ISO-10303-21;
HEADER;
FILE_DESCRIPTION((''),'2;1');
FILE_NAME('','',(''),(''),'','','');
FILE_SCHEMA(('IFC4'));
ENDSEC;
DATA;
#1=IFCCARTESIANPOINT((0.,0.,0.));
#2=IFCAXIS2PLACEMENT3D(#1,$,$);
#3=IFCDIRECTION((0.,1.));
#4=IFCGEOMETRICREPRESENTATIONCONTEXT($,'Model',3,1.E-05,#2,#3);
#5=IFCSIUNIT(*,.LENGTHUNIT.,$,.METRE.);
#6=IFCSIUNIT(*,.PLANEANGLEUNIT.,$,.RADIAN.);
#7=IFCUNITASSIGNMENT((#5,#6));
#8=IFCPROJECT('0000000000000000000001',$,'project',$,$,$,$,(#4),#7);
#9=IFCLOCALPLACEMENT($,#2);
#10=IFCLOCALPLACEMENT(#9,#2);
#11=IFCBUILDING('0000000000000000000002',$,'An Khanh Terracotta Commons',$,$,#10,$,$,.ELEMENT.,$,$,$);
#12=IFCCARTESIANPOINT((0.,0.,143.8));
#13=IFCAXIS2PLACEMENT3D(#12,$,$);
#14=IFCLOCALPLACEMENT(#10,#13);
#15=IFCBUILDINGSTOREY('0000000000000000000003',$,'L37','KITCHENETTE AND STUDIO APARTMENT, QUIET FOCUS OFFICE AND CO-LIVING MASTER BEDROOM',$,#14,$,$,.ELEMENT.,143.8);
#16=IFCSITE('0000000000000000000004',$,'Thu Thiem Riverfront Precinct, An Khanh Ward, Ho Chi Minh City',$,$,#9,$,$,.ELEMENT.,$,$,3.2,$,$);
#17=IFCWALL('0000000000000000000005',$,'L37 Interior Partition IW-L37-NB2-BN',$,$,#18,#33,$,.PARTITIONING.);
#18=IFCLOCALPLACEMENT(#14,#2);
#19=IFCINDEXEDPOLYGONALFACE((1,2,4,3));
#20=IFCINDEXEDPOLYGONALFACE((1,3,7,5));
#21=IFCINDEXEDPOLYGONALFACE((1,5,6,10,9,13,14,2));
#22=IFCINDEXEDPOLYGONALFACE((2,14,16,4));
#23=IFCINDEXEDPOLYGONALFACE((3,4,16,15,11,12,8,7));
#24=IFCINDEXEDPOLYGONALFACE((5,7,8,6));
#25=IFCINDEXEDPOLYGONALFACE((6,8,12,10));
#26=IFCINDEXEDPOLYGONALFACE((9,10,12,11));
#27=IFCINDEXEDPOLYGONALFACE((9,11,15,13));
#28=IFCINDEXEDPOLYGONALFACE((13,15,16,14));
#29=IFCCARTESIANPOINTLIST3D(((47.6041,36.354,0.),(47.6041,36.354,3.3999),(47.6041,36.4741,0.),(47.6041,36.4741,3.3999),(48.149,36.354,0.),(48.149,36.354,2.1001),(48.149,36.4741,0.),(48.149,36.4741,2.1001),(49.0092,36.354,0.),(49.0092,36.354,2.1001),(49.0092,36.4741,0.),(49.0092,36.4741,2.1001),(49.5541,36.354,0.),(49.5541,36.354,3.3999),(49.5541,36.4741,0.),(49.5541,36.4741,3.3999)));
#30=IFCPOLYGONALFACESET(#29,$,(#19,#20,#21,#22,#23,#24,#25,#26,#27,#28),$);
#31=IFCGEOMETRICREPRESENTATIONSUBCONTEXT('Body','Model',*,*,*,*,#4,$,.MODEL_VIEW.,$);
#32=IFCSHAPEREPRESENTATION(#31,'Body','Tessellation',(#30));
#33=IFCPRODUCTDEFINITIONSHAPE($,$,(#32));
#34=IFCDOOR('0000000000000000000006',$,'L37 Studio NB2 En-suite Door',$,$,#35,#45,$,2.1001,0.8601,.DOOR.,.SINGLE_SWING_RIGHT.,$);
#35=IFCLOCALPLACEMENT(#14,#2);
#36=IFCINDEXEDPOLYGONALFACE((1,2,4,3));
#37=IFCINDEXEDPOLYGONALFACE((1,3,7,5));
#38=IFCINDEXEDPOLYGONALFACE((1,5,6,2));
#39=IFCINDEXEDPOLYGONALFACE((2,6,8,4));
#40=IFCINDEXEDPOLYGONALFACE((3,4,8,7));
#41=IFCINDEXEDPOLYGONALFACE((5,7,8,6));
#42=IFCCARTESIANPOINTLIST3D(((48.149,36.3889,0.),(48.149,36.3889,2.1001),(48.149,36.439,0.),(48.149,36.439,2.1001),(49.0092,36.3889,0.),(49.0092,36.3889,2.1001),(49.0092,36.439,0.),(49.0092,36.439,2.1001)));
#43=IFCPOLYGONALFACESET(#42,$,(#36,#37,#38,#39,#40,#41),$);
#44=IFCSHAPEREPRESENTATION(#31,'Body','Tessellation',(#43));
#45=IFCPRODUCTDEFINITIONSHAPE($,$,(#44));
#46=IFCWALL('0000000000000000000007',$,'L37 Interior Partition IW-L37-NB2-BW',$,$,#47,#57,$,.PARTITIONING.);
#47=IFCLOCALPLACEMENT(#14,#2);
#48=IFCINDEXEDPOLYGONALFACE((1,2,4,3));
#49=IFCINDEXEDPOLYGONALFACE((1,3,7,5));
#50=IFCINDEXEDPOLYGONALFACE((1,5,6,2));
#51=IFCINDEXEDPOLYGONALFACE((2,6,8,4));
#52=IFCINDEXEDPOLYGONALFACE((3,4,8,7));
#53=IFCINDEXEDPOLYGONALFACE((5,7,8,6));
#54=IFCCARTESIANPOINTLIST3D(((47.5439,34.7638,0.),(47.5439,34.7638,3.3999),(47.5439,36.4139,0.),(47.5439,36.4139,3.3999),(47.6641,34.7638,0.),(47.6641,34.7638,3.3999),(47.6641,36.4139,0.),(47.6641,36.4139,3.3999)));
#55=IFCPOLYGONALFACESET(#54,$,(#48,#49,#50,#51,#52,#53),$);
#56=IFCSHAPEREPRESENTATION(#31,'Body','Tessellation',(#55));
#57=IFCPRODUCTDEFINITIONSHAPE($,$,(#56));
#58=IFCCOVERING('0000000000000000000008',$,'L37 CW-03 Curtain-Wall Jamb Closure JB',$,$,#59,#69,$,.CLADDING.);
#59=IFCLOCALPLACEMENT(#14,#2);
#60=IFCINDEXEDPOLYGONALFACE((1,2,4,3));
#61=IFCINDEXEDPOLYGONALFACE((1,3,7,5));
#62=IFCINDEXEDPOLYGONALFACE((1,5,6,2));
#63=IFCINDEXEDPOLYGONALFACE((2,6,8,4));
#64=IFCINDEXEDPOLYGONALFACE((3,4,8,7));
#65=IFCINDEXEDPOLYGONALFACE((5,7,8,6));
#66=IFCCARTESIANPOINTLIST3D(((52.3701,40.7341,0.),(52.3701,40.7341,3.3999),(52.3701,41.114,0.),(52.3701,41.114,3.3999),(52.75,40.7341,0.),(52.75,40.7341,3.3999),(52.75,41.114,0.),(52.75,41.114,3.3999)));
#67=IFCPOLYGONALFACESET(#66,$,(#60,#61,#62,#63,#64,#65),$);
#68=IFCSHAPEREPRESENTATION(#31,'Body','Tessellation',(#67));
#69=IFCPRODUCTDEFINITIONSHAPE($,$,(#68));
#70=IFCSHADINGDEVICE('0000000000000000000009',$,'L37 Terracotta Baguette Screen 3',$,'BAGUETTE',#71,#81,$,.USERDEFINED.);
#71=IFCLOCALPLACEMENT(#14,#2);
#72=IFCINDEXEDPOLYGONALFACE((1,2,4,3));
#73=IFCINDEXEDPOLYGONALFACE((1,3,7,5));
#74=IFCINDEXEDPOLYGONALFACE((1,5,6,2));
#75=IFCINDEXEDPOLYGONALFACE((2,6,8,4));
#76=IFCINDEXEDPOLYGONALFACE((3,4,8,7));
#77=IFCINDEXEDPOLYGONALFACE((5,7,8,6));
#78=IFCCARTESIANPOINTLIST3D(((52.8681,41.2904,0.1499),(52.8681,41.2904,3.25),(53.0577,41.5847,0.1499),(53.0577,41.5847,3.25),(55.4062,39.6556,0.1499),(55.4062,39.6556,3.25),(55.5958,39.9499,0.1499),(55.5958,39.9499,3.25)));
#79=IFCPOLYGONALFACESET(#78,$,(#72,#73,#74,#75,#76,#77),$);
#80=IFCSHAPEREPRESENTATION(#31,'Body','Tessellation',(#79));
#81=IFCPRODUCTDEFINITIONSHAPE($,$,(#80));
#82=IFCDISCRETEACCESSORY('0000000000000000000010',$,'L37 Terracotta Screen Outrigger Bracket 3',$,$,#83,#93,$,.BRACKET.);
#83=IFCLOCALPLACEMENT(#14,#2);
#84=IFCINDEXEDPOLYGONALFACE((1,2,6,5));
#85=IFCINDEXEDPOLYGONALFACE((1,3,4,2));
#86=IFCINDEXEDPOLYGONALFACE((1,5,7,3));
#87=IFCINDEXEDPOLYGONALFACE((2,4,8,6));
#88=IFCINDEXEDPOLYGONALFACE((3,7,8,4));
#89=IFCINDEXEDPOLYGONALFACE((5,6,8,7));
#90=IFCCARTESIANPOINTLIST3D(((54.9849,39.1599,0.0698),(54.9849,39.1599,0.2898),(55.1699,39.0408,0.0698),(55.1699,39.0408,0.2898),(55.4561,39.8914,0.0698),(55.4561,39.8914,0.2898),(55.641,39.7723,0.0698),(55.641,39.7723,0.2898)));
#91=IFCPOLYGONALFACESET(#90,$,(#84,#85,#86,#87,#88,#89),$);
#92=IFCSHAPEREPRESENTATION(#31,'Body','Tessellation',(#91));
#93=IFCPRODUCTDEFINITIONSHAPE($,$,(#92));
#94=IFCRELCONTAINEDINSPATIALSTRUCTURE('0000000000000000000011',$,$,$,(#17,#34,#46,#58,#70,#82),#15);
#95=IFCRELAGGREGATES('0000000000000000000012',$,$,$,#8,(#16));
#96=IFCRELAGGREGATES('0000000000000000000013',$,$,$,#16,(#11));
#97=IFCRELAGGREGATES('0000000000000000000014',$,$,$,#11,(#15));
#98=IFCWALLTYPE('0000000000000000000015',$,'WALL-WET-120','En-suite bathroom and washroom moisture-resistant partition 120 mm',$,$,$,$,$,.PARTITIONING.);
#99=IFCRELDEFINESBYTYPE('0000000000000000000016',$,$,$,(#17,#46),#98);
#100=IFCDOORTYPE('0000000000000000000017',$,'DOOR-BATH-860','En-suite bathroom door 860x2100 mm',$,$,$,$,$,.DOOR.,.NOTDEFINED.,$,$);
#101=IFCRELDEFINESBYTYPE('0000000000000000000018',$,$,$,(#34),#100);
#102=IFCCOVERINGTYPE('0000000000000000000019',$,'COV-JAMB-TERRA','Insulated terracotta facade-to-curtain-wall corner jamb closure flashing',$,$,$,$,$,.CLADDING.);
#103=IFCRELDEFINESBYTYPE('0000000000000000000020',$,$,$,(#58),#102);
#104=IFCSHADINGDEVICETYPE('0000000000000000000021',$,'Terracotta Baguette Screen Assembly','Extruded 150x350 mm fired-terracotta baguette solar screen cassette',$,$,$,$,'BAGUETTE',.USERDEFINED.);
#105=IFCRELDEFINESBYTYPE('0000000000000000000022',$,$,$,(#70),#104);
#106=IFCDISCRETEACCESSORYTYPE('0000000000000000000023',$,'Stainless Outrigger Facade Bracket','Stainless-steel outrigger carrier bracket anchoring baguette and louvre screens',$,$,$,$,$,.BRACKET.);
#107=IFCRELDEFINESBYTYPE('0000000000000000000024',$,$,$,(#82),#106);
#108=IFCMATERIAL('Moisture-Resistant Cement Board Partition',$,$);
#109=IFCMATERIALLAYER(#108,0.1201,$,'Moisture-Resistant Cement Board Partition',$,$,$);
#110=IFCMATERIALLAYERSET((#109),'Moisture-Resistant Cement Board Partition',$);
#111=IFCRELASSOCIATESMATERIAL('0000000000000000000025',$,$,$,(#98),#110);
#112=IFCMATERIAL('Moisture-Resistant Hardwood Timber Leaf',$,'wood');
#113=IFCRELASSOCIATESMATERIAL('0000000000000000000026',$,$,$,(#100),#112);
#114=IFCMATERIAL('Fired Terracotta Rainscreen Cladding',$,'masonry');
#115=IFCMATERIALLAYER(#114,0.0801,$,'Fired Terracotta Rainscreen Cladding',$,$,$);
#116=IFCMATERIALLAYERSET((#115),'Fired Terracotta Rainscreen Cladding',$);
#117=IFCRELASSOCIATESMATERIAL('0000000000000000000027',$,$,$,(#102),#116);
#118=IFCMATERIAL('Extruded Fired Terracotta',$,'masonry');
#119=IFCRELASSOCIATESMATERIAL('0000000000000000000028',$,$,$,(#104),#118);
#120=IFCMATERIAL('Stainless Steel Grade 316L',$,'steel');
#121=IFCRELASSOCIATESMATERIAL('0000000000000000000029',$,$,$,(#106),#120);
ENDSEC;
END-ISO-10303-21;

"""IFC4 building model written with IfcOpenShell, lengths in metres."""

from ifc_helpers import new_model, si_unit, direction, frame, frame_2d, origin, origin_2d, place, context, subcontext, project, spatial, rectangle, extrude, material, layer, layer_set, type_object, element, fill, save


model = new_model("IFC4")

# Units and contexts
model_context = context("Model", 3, precision=1e-05, world=origin(), true_north=direction((0.0, 1.0)))
body_context = subcontext(model_context, "Body", "Model", "MODEL_VIEW")
ifc_project = project(units=[si_unit("LENGTHUNIT", "METRE"), si_unit("PLANEANGLEUNIT", "RADIAN")], contexts=[model_context])

# Site, building, storey
site_placement = place(None, origin())
site = spatial("IfcSite", under=ifc_project, at=site_placement, Name="Thu Thiem Riverfront Precinct, An Khanh Ward, Ho Chi Minh City", CompositionType="ELEMENT", RefElevation=3.2)
building_placement = place(site_placement, origin())
building = spatial("IfcBuilding", under=site, at=building_placement, Name="An Khanh Terracotta Commons", CompositionType="ELEMENT")
storey_placement = place(building_placement, frame((0.0, 0.0, 143.8)))
storey = spatial("IfcBuildingStorey", under=building, at=storey_placement, Name="L37", Description="KITCHENETTE AND STUDIO APARTMENT, QUIET FOCUS OFFICE AND CO-LIVING MASTER BEDROOM", CompositionType="ELEMENT", Elevation=143.8)

# Wall, opening, door
ifc_material_1 = material(Name="Moisture-Resistant Cement Board Partition")
ifc_layer_1 = layer(ifc_material_1, 0.1201, Name="Moisture-Resistant Cement Board Partition")
ifc_layer_set_1 = layer_set([ifc_layer_1], Name="Moisture-Resistant Cement Board Partition")
wall_type_1 = type_object("IfcWallType", Name="WALL-WET-120", Description="En-suite bathroom and washroom moisture-resistant partition 120 mm", PredefinedType="PARTITIONING", material=ifc_layer_set_1)
wall_1_placement = place(storey_placement, frame((47.604, 36.4141, 0.0), z_axis=(0.0, 0.0, 1.0), x_axis=(1.0, 0.0, 0.0)))
wall_1 = element("IfcWall", 1, at=wall_1_placement, inside=storey, type_object=wall_type_1, Name="L37 Interior Partition IW-L37-NB2-BN", PredefinedType="PARTITIONING", context=body_context, shape_type="SweptSolid", body=[
    extrude(rectangle(XDim=1.95, YDim=0.1201, at=frame_2d((0.9751, 0.0))), origin(), (0.0, 0.0, 1.0), 3.3999),
])
opening_1_placement = place(wall_1_placement, frame((0.5449, 0.0, 0.0)))
opening_1 = element("IfcOpeningElement", 2, at=opening_1_placement, cuts=wall_1, PredefinedType="OPENING", context=body_context, shape_type="SweptSolid", body=[
    extrude(rectangle(XDim=0.8601, YDim=2.1001, at=frame_2d((0.4302, 1.05))), frame((0.0, 0.0701, 0.0), z_axis=(0.0, -1.0, 0.0), x_axis=(1.0, 0.0, 0.0)), (0.0, 0.0, 1.0), 0.1401),
])
ifc_material_2 = material(Name="Moisture-Resistant Hardwood Timber Leaf", Category="wood")
door_type_1 = type_object("IfcDoorType", Name="DOOR-BATH-860", Description="En-suite bathroom door 860x2100 mm", OperationType="NOTDEFINED", PredefinedType="DOOR", material=ifc_material_2)
door_1_placement = place(opening_1_placement, origin())
door_1 = element("IfcDoor", 3, at=door_1_placement, inside=storey, type_object=door_type_1, Name="L37 Studio NB2 En-suite Door", OperationType="SINGLE_SWING_RIGHT", OverallHeight=2.1001, OverallWidth=0.8601, PredefinedType="DOOR", context=body_context, shape_type="SweptSolid", body=[
    extrude(rectangle(XDim=0.8601, YDim=2.1001, at=frame_2d((0.4302, 1.05))), frame((0.0, 0.0249, 0.0), z_axis=(0.0, -1.0, 0.0), x_axis=(1.0, 0.0, 0.0)), (0.0, 0.0, 1.0), 0.05),
])
fill(opening_1, door_1)

# Wall
wall_2_placement = place(storey_placement, frame((47.604, 36.4141, 0.0), z_axis=(0.0, 0.0, 1.0), x_axis=(0.0, -1.0, 0.0)))
element("IfcWall", 4, at=wall_2_placement, inside=storey, type_object=wall_type_1, Name="L37 Interior Partition IW-L37-NB2-BW", PredefinedType="PARTITIONING", context=body_context, shape_type="SweptSolid", body=[
    extrude(rectangle(XDim=1.6501, YDim=0.1201, at=frame_2d((0.8252, 0.0))), origin(), (0.0, 0.0, 1.0), 3.3999),
])

# Covering
ifc_material_3 = material(Name="Fired Terracotta Rainscreen Cladding", Category="masonry")
ifc_layer_2 = layer(ifc_material_3, 0.0801, Name="Fired Terracotta Rainscreen Cladding")
ifc_layer_set_2 = layer_set([ifc_layer_2], Name="Fired Terracotta Rainscreen Cladding")
covering_type = type_object("IfcCoveringType", Name="COV-JAMB-TERRA", Description="Insulated terracotta facade-to-curtain-wall corner jamb closure flashing", PredefinedType="CLADDING", material=ifc_layer_set_2)
covering_placement = place(storey_placement, frame((52.5601, 40.9241, 0.0), z_axis=(0.0, 0.0, 1.0), x_axis=(1.0, 0.0, 0.0)))
element("IfcCovering", 5, at=covering_placement, inside=storey, type_object=covering_type, Name="L37 CW-03 Curtain-Wall Jamb Closure JB", PredefinedType="CLADDING", context=body_context, shape_type="SweptSolid", body=[
    extrude(rectangle(XDim=0.3799, YDim=0.3799, at=origin_2d()), origin(), (0.0, 0.0, 1.0), 3.3999),
])

# Shading device
ifc_material_4 = material(Name="Extruded Fired Terracotta", Category="masonry")
shading_device_type = type_object("IfcShadingDeviceType", Name="Terracotta Baguette Screen Assembly", Description="Extruded 150x350 mm fired-terracotta baguette solar screen cassette", ElementType="BAGUETTE", PredefinedType="USERDEFINED", material=ifc_material_4)
shading_device_placement = place(storey_placement, frame((54.2319, 40.6201, 0.1499), z_axis=(0.0, 0.0, 1.0), x_axis=(-0.840702, 0.541498, 0.0)))
element("IfcShadingDevice", 6, at=shading_device_placement, inside=storey, type_object=shading_device_type, Name="L37 Terracotta Baguette Screen 3", ObjectType="BAGUETTE", PredefinedType="USERDEFINED", context=body_context, shape_type="SweptSolid", body=[
    extrude(rectangle(XDim=3.019, YDim=0.3501, at=origin_2d()), origin(), (0.0, 0.0, 1.0), 3.1001),
])

# Discrete accessory
ifc_material_5 = material(Name="Stainless Steel Grade 316L", Category="steel")
discrete_accessory_type = type_object("IfcDiscreteAccessoryType", Name="Stainless Outrigger Facade Bracket", Description="Stainless-steel outrigger carrier bracket anchoring baguette and louvre screens", PredefinedType="BRACKET", material=ifc_material_5)
discrete_accessory_placement = place(storey_placement, frame((55.313, 39.4661, 0.0698), z_axis=(0.0, 0.0, 1.0), x_axis=(-0.840702, 0.541498, 0.0)))
element("IfcDiscreteAccessory", 7, at=discrete_accessory_placement, inside=storey, type_object=discrete_accessory_type, Name="L37 Terracotta Screen Outrigger Bracket 3", PredefinedType="BRACKET", context=body_context, shape_type="SweptSolid", body=[
    extrude(rectangle(XDim=0.22, YDim=0.8701, at=origin_2d()), origin(), (0.0, 0.0, 1.0), 0.22),
])

save(model, "model.ifc")
